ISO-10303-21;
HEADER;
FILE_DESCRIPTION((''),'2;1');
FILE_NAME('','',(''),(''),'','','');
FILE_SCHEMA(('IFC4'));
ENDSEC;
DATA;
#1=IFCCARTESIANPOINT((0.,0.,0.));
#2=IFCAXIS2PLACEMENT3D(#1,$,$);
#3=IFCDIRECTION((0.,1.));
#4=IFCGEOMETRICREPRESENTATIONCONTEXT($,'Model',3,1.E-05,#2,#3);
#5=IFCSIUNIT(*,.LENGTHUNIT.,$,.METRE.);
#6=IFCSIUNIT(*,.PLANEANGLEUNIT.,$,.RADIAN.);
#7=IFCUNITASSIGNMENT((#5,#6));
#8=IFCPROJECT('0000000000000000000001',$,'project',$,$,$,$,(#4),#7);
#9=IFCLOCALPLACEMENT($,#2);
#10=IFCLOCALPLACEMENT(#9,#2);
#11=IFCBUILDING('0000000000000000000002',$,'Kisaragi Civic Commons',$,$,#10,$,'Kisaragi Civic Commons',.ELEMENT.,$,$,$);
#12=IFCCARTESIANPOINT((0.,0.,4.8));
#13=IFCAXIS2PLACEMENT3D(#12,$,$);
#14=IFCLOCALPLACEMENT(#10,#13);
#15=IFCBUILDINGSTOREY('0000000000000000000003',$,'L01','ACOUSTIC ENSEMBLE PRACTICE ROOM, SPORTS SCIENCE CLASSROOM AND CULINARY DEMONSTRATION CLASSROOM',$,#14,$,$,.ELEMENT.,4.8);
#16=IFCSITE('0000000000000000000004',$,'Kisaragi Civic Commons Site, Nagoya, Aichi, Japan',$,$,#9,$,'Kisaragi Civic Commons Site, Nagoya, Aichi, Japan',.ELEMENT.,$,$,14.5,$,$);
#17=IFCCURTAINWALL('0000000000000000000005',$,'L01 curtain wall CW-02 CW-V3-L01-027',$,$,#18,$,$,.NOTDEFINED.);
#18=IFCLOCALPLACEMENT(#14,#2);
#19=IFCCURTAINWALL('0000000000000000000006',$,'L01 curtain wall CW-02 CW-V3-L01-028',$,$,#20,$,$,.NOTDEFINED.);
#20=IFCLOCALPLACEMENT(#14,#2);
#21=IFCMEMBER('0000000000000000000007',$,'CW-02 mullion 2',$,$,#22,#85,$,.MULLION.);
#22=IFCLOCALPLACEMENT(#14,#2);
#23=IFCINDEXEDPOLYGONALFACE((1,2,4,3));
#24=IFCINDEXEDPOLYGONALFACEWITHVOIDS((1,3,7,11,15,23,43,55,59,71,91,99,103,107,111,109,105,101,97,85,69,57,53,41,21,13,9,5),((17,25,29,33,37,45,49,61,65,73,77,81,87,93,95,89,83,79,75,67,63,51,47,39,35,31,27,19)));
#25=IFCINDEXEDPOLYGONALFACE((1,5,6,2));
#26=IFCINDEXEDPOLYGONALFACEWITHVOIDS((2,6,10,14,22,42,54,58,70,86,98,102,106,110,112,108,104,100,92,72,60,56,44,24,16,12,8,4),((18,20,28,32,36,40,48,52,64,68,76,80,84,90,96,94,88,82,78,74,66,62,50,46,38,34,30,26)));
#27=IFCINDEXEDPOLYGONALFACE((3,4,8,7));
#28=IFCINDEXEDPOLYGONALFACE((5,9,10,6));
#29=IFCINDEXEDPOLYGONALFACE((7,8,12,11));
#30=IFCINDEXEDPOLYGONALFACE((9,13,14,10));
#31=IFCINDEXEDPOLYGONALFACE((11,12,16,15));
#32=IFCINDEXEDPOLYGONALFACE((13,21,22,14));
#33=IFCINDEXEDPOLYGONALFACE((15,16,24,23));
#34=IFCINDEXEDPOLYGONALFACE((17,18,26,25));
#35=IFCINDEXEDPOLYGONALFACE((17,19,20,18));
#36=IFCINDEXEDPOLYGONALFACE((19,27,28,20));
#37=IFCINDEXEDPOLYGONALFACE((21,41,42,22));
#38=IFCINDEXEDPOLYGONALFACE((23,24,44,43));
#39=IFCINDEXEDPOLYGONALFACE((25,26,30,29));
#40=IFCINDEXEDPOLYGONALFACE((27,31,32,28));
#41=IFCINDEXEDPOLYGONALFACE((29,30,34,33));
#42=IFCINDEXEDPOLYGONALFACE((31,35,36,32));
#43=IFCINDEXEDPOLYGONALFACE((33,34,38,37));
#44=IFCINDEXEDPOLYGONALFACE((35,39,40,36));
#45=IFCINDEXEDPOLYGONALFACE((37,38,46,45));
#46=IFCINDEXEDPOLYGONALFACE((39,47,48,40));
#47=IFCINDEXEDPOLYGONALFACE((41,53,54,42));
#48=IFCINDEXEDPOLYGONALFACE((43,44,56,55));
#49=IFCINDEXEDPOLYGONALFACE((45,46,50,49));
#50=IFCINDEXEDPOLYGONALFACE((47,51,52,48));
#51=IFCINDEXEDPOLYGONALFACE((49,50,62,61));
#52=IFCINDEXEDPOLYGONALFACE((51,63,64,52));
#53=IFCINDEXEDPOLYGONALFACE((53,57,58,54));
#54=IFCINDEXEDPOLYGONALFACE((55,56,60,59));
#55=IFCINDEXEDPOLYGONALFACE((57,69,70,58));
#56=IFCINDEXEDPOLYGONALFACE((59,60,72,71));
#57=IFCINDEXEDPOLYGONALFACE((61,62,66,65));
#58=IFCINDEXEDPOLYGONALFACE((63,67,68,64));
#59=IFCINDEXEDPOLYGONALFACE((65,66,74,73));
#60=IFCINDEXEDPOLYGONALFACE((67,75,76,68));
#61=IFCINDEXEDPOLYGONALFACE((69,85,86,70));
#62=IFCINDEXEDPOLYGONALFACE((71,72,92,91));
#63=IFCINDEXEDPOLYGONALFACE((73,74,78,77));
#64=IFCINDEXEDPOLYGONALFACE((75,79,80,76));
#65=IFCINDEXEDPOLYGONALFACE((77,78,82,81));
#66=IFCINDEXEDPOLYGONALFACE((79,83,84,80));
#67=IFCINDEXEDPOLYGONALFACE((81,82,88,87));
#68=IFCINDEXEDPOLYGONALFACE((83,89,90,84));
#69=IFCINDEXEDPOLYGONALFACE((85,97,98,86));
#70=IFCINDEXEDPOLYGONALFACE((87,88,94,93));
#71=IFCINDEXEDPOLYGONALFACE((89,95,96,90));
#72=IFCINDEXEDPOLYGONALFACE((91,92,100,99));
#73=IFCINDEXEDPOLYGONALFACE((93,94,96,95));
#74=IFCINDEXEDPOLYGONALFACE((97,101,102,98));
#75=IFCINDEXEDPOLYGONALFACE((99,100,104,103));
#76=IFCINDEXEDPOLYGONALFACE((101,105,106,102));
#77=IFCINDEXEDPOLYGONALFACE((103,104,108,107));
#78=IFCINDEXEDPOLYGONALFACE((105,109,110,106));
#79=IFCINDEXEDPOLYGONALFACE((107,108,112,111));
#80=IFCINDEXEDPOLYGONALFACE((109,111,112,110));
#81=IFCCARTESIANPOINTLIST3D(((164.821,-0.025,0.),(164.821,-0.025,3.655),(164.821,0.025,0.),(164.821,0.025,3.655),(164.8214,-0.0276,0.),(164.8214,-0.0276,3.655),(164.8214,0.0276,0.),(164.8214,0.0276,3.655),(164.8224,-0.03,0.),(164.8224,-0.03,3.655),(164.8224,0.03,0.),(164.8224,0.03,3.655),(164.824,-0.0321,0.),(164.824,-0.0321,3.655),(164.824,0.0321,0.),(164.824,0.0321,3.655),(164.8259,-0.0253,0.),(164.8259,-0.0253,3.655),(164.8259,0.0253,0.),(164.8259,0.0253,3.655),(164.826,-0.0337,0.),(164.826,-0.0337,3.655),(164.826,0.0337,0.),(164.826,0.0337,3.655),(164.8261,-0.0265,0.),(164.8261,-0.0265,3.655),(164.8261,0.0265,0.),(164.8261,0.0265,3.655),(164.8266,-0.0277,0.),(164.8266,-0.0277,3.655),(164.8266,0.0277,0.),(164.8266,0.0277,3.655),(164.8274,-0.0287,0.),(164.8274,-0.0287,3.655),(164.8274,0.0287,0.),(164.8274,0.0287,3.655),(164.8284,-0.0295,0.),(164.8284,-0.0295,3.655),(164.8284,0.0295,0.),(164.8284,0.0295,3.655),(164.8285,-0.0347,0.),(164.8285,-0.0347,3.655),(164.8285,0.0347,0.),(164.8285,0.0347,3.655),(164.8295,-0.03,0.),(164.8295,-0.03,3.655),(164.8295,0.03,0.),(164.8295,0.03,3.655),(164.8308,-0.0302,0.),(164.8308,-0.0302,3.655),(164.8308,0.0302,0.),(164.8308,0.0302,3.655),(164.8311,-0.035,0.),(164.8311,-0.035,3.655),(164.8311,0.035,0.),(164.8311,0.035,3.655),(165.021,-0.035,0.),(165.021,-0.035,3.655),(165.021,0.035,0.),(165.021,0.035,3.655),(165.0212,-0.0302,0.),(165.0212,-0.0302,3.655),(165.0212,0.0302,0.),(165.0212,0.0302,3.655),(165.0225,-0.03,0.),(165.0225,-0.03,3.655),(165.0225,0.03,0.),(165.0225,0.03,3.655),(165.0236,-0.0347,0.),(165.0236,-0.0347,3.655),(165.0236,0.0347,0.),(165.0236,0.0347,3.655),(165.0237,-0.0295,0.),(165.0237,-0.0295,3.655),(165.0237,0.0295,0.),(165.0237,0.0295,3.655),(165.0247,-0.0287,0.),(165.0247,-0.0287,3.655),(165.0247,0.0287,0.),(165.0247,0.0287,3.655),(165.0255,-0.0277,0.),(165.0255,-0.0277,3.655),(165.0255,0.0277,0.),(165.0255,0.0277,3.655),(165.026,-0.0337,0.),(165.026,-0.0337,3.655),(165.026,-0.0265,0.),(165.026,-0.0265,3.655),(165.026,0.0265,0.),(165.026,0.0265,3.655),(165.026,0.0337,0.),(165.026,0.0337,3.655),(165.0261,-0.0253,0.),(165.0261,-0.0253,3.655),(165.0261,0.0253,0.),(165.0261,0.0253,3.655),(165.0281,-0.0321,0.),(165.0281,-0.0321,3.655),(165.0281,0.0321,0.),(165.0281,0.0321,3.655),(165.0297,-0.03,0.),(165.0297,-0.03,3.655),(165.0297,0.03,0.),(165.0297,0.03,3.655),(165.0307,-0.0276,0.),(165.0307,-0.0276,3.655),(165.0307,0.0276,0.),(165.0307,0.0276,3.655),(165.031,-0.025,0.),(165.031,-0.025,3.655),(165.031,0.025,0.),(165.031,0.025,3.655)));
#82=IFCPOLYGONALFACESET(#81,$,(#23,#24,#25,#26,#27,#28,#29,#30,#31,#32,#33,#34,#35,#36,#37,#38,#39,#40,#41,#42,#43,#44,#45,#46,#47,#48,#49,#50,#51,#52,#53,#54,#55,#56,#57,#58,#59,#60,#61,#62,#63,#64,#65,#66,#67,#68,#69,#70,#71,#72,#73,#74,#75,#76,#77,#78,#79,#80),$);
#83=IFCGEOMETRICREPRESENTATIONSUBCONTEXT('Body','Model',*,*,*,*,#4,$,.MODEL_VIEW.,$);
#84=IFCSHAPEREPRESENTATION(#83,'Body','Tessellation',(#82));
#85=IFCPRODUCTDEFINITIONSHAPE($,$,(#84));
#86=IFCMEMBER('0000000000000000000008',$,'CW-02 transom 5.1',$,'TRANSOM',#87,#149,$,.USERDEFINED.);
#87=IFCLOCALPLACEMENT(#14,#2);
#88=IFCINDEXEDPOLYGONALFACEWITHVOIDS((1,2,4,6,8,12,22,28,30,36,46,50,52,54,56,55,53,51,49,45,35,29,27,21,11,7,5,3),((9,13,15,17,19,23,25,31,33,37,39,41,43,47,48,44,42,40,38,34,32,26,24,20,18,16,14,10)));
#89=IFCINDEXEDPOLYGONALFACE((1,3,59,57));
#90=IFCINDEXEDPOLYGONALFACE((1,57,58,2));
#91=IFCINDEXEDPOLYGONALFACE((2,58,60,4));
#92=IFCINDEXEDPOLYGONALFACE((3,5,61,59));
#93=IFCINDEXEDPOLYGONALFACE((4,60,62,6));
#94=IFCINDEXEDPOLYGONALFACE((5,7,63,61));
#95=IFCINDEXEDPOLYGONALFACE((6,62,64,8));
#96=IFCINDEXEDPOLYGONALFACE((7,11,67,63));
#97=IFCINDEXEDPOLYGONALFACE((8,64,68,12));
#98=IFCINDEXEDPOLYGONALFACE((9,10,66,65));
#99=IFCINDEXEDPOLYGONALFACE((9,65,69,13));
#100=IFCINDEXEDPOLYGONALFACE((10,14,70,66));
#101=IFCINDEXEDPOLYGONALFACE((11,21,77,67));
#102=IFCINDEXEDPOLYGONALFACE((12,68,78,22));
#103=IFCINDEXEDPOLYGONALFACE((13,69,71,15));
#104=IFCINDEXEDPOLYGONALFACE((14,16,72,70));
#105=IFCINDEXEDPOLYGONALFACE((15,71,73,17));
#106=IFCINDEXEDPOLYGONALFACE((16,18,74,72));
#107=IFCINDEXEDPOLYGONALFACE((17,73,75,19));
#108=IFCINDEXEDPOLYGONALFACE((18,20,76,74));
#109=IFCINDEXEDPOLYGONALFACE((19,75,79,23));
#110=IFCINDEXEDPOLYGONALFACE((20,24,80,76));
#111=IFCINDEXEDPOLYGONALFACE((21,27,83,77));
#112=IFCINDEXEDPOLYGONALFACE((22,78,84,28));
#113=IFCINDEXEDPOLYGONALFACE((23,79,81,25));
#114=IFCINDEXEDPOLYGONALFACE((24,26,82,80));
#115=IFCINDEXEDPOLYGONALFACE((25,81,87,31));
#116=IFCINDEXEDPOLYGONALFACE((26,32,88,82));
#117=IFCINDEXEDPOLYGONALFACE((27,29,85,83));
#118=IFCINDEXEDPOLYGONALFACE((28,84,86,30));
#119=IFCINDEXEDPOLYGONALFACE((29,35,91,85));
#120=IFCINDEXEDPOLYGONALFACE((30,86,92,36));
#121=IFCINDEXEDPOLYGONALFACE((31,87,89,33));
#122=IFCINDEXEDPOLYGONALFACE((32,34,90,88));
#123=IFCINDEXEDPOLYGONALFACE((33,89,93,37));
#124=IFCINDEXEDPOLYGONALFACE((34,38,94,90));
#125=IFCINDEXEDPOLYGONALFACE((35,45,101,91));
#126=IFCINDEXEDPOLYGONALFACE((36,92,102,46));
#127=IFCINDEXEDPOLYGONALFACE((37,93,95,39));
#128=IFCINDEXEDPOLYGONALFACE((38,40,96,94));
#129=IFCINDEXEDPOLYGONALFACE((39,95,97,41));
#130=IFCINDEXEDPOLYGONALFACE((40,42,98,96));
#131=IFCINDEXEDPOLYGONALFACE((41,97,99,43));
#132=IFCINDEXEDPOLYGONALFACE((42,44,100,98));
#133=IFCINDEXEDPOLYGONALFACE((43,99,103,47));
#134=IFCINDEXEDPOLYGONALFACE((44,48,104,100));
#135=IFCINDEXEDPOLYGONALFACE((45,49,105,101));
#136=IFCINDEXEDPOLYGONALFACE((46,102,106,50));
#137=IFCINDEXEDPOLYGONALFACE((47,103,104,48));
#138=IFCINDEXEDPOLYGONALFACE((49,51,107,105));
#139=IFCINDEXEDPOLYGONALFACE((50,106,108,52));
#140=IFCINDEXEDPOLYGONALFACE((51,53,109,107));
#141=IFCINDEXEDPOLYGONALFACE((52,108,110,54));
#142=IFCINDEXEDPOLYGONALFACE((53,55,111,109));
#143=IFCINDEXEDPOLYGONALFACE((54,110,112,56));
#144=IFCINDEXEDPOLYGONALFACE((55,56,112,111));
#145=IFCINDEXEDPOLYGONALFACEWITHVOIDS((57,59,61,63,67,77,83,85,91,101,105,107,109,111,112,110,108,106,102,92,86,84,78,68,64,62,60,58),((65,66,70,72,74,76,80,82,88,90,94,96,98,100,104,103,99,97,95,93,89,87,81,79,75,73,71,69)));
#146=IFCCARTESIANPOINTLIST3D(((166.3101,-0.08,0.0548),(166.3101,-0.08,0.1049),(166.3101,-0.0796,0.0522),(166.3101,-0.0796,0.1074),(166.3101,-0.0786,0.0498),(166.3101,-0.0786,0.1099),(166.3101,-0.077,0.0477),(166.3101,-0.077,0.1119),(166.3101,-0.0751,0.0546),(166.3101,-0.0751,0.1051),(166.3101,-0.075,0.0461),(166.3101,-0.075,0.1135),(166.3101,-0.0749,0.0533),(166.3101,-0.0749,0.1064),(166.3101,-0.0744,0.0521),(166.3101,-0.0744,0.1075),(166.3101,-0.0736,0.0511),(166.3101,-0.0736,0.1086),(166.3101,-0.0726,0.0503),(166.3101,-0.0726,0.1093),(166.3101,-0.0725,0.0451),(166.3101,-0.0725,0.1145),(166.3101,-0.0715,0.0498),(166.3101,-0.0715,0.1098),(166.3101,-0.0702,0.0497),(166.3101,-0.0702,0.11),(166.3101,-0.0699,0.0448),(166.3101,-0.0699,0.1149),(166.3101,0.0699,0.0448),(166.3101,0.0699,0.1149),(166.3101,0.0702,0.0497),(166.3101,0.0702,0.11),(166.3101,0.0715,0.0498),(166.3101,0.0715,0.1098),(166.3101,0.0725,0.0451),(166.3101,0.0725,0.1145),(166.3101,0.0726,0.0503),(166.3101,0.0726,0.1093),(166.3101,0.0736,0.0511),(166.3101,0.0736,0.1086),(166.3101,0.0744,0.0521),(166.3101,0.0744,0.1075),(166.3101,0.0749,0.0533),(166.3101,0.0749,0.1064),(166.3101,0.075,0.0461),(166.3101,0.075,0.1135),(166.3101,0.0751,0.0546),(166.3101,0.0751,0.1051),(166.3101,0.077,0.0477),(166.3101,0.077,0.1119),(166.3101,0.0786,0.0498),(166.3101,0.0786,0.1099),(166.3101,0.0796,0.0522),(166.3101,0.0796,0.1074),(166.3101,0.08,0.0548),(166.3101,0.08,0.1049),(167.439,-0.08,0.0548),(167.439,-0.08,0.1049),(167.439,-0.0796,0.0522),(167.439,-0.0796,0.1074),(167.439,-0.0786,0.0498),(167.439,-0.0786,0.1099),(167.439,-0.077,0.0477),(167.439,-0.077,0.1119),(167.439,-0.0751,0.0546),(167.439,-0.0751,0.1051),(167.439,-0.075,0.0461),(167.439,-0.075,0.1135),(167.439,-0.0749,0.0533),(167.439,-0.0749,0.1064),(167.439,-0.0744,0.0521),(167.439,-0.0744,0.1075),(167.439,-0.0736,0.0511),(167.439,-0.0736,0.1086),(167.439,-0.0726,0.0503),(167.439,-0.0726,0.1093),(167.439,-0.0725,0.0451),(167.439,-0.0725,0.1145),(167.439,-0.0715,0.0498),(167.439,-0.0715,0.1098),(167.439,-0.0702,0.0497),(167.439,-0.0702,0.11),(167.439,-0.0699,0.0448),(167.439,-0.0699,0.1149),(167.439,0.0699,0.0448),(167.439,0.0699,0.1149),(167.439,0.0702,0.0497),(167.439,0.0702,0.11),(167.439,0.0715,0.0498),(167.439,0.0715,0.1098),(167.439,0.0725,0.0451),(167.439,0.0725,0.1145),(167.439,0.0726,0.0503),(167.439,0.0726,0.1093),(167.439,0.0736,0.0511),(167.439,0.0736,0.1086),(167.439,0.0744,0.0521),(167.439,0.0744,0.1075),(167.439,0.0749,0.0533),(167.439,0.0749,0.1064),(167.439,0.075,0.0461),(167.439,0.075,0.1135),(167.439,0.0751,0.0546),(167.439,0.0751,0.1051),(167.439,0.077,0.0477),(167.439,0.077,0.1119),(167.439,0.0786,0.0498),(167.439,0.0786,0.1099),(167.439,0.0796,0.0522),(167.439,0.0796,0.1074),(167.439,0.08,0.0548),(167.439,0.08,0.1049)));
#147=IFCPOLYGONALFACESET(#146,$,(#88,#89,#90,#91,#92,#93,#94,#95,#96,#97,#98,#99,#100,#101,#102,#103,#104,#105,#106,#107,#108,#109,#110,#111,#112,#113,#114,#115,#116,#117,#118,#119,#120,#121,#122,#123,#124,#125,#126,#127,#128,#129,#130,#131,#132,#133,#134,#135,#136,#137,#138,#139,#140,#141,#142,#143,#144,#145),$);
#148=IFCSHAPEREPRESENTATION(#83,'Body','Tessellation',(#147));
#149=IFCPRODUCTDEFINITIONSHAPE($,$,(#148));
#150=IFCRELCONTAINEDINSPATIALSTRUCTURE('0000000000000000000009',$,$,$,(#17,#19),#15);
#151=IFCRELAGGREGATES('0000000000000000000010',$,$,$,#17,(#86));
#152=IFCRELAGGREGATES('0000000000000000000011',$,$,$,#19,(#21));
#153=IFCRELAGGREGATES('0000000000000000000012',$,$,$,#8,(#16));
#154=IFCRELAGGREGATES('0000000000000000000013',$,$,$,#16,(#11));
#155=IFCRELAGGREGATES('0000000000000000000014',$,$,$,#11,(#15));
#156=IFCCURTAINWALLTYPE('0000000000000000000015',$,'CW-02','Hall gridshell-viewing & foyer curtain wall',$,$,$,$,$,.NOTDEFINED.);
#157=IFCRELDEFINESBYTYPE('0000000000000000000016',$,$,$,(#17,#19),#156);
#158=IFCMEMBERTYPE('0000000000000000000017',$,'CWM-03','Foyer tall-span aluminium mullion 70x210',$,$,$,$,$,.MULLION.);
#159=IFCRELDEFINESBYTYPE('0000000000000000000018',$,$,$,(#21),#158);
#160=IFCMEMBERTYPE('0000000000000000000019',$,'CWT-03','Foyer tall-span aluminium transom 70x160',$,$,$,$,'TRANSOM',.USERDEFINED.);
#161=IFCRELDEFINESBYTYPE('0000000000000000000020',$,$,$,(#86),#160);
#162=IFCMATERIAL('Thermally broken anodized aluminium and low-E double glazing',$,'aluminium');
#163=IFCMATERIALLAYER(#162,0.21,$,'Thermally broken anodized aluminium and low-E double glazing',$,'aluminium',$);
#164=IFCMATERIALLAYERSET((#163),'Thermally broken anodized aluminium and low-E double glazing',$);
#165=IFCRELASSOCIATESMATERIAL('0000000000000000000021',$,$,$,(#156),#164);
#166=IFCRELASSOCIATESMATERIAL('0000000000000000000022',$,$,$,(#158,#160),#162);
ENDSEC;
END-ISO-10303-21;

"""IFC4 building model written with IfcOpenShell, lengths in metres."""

from ifc_helpers import new_model, si_unit, direction, frame, origin, origin_2d, place, context, subcontext, project, spatial, hollow_rectangle, extrude, material, layer, layer_set, material_profile, profile_set, type_object, element, aggregate, save


model = new_model("IFC4")

# Units and contexts
model_context = context("Model", 3, precision=1e-05, world=origin(), true_north=direction((0.0, 1.0)))
body_context = subcontext(model_context, "Body", "Model", "MODEL_VIEW")
ifc_project = project(units=[si_unit("LENGTHUNIT", "METRE"), si_unit("PLANEANGLEUNIT", "RADIAN")], contexts=[model_context])

# Site, building, storey
site_placement = place(None, origin())
site = spatial("IfcSite", under=ifc_project, at=site_placement, Name="Kisaragi Civic Commons Site, Nagoya, Aichi, Japan", LongName="Kisaragi Civic Commons Site, Nagoya, Aichi, Japan", CompositionType="ELEMENT", RefElevation=14.5)
building_placement = place(site_placement, origin())
building = spatial("IfcBuilding", under=site, at=building_placement, Name="Kisaragi Civic Commons", LongName="Kisaragi Civic Commons", CompositionType="ELEMENT")
storey_placement = place(building_placement, frame((0.0, 0.0, 4.8)))
storey = spatial("IfcBuildingStorey", under=building, at=storey_placement, Name="L01", Description="ACOUSTIC ENSEMBLE PRACTICE ROOM, SPORTS SCIENCE CLASSROOM AND CULINARY DEMONSTRATION CLASSROOM", CompositionType="ELEMENT", Elevation=4.8)

# Curtain wall
ifc_material_1 = material(Name="Thermally broken anodized aluminium and low-E double glazing", Category="aluminium")
ifc_layer_1 = layer(ifc_material_1, 0.21, Name="Thermally broken anodized aluminium and low-E double glazing", Category="aluminium")
ifc_layer_set_1 = layer_set([ifc_layer_1], Name="Thermally broken anodized aluminium and low-E double glazing")
curtain_wall_type = type_object("IfcCurtainWallType", Name="CW-02", Description="Hall gridshell-viewing & foyer curtain wall", PredefinedType="NOTDEFINED", material=ifc_layer_set_1)
curtain_wall_1_placement = place(storey_placement, origin())
curtain_wall_1 = element("IfcCurtainWall", 1, at=curtain_wall_1_placement, inside=storey, type_object=curtain_wall_type, Name="L01 curtain wall CW-02 CW-V3-L01-027", PredefinedType="NOTDEFINED")
ifc_material_profile_1 = material_profile(ifc_material_1, hollow_rectangle(XDim=0.0701, YDim=0.21, WallThickness=0.0049, InnerFilletRadius=0.0049, OuterFilletRadius=0.01, at=origin_2d()), Name="CWM-70x210x5", Category="aluminium")
ifc_profile_set_1 = profile_set([ifc_material_profile_1], Name="Thermally broken anodized aluminium and low-E double glazing")
member_type_1 = type_object("IfcMemberType", Name="CWM-03", Description="Foyer tall-span aluminium mullion 70x210", PredefinedType="MULLION", material=ifc_profile_set_1)

# Curtain wall, member
curtain_wall_2_placement = place(storey_placement, origin())
curtain_wall_2 = element("IfcCurtainWall", 2, at=curtain_wall_2_placement, inside=storey, type_object=curtain_wall_type, Name="L01 curtain wall CW-02 CW-V3-L01-028", PredefinedType="NOTDEFINED")
member_1_placement = place(storey_placement, frame((164.926, 0.0, 0.0), z_axis=(0.0, 0.0, 1.0), x_axis=(0.0, -1.0, 0.0)))
member_1 = element("IfcMember", 3, at=member_1_placement, type_object=member_type_1, Name="CW-02 mullion 2", PredefinedType="MULLION", context=body_context, shape_type="SweptSolid", body=[
    extrude(hollow_rectangle(XDim=0.0701, YDim=0.21, WallThickness=0.0049, InnerFilletRadius=0.0049, OuterFilletRadius=0.01, at=origin_2d()), origin(), (0.0, 0.0, 1.0), 3.655),
])

# Member
ifc_material_profile_2 = material_profile(ifc_material_1, hollow_rectangle(XDim=0.1599, YDim=0.0701, WallThickness=0.0049, InnerFilletRadius=0.0049, OuterFilletRadius=0.01, at=origin_2d()), Name="CWT-70x160x5", Category="aluminium")
ifc_profile_set_2 = profile_set([ifc_material_profile_2], Name="Thermally broken anodized aluminium and low-E double glazing")
member_type_2 = type_object("IfcMemberType", Name="CWT-03", Description="Foyer tall-span aluminium transom 70x160", ElementType="TRANSOM", PredefinedType="USERDEFINED", material=ifc_profile_set_2)
member_2_placement = place(storey_placement, frame((167.439, 0.0, 0.0798), z_axis=(-1.0, 0.0, 0.0), x_axis=(0.0, -1.0, 0.0)))
member_2 = element("IfcMember", 4, at=member_2_placement, type_object=member_type_2, Name="CW-02 transom 5.1", ObjectType="TRANSOM", PredefinedType="USERDEFINED", context=body_context, shape_type="SweptSolid", body=[
    extrude(hollow_rectangle(XDim=0.1599, YDim=0.0701, WallThickness=0.0049, InnerFilletRadius=0.0049, OuterFilletRadius=0.01, at=origin_2d()), origin(), (0.0, 0.0, 1.0), 1.1289),
])

aggregate(curtain_wall_1, [member_2])
aggregate(curtain_wall_2, [member_1])

save(model, "model.ifc")
